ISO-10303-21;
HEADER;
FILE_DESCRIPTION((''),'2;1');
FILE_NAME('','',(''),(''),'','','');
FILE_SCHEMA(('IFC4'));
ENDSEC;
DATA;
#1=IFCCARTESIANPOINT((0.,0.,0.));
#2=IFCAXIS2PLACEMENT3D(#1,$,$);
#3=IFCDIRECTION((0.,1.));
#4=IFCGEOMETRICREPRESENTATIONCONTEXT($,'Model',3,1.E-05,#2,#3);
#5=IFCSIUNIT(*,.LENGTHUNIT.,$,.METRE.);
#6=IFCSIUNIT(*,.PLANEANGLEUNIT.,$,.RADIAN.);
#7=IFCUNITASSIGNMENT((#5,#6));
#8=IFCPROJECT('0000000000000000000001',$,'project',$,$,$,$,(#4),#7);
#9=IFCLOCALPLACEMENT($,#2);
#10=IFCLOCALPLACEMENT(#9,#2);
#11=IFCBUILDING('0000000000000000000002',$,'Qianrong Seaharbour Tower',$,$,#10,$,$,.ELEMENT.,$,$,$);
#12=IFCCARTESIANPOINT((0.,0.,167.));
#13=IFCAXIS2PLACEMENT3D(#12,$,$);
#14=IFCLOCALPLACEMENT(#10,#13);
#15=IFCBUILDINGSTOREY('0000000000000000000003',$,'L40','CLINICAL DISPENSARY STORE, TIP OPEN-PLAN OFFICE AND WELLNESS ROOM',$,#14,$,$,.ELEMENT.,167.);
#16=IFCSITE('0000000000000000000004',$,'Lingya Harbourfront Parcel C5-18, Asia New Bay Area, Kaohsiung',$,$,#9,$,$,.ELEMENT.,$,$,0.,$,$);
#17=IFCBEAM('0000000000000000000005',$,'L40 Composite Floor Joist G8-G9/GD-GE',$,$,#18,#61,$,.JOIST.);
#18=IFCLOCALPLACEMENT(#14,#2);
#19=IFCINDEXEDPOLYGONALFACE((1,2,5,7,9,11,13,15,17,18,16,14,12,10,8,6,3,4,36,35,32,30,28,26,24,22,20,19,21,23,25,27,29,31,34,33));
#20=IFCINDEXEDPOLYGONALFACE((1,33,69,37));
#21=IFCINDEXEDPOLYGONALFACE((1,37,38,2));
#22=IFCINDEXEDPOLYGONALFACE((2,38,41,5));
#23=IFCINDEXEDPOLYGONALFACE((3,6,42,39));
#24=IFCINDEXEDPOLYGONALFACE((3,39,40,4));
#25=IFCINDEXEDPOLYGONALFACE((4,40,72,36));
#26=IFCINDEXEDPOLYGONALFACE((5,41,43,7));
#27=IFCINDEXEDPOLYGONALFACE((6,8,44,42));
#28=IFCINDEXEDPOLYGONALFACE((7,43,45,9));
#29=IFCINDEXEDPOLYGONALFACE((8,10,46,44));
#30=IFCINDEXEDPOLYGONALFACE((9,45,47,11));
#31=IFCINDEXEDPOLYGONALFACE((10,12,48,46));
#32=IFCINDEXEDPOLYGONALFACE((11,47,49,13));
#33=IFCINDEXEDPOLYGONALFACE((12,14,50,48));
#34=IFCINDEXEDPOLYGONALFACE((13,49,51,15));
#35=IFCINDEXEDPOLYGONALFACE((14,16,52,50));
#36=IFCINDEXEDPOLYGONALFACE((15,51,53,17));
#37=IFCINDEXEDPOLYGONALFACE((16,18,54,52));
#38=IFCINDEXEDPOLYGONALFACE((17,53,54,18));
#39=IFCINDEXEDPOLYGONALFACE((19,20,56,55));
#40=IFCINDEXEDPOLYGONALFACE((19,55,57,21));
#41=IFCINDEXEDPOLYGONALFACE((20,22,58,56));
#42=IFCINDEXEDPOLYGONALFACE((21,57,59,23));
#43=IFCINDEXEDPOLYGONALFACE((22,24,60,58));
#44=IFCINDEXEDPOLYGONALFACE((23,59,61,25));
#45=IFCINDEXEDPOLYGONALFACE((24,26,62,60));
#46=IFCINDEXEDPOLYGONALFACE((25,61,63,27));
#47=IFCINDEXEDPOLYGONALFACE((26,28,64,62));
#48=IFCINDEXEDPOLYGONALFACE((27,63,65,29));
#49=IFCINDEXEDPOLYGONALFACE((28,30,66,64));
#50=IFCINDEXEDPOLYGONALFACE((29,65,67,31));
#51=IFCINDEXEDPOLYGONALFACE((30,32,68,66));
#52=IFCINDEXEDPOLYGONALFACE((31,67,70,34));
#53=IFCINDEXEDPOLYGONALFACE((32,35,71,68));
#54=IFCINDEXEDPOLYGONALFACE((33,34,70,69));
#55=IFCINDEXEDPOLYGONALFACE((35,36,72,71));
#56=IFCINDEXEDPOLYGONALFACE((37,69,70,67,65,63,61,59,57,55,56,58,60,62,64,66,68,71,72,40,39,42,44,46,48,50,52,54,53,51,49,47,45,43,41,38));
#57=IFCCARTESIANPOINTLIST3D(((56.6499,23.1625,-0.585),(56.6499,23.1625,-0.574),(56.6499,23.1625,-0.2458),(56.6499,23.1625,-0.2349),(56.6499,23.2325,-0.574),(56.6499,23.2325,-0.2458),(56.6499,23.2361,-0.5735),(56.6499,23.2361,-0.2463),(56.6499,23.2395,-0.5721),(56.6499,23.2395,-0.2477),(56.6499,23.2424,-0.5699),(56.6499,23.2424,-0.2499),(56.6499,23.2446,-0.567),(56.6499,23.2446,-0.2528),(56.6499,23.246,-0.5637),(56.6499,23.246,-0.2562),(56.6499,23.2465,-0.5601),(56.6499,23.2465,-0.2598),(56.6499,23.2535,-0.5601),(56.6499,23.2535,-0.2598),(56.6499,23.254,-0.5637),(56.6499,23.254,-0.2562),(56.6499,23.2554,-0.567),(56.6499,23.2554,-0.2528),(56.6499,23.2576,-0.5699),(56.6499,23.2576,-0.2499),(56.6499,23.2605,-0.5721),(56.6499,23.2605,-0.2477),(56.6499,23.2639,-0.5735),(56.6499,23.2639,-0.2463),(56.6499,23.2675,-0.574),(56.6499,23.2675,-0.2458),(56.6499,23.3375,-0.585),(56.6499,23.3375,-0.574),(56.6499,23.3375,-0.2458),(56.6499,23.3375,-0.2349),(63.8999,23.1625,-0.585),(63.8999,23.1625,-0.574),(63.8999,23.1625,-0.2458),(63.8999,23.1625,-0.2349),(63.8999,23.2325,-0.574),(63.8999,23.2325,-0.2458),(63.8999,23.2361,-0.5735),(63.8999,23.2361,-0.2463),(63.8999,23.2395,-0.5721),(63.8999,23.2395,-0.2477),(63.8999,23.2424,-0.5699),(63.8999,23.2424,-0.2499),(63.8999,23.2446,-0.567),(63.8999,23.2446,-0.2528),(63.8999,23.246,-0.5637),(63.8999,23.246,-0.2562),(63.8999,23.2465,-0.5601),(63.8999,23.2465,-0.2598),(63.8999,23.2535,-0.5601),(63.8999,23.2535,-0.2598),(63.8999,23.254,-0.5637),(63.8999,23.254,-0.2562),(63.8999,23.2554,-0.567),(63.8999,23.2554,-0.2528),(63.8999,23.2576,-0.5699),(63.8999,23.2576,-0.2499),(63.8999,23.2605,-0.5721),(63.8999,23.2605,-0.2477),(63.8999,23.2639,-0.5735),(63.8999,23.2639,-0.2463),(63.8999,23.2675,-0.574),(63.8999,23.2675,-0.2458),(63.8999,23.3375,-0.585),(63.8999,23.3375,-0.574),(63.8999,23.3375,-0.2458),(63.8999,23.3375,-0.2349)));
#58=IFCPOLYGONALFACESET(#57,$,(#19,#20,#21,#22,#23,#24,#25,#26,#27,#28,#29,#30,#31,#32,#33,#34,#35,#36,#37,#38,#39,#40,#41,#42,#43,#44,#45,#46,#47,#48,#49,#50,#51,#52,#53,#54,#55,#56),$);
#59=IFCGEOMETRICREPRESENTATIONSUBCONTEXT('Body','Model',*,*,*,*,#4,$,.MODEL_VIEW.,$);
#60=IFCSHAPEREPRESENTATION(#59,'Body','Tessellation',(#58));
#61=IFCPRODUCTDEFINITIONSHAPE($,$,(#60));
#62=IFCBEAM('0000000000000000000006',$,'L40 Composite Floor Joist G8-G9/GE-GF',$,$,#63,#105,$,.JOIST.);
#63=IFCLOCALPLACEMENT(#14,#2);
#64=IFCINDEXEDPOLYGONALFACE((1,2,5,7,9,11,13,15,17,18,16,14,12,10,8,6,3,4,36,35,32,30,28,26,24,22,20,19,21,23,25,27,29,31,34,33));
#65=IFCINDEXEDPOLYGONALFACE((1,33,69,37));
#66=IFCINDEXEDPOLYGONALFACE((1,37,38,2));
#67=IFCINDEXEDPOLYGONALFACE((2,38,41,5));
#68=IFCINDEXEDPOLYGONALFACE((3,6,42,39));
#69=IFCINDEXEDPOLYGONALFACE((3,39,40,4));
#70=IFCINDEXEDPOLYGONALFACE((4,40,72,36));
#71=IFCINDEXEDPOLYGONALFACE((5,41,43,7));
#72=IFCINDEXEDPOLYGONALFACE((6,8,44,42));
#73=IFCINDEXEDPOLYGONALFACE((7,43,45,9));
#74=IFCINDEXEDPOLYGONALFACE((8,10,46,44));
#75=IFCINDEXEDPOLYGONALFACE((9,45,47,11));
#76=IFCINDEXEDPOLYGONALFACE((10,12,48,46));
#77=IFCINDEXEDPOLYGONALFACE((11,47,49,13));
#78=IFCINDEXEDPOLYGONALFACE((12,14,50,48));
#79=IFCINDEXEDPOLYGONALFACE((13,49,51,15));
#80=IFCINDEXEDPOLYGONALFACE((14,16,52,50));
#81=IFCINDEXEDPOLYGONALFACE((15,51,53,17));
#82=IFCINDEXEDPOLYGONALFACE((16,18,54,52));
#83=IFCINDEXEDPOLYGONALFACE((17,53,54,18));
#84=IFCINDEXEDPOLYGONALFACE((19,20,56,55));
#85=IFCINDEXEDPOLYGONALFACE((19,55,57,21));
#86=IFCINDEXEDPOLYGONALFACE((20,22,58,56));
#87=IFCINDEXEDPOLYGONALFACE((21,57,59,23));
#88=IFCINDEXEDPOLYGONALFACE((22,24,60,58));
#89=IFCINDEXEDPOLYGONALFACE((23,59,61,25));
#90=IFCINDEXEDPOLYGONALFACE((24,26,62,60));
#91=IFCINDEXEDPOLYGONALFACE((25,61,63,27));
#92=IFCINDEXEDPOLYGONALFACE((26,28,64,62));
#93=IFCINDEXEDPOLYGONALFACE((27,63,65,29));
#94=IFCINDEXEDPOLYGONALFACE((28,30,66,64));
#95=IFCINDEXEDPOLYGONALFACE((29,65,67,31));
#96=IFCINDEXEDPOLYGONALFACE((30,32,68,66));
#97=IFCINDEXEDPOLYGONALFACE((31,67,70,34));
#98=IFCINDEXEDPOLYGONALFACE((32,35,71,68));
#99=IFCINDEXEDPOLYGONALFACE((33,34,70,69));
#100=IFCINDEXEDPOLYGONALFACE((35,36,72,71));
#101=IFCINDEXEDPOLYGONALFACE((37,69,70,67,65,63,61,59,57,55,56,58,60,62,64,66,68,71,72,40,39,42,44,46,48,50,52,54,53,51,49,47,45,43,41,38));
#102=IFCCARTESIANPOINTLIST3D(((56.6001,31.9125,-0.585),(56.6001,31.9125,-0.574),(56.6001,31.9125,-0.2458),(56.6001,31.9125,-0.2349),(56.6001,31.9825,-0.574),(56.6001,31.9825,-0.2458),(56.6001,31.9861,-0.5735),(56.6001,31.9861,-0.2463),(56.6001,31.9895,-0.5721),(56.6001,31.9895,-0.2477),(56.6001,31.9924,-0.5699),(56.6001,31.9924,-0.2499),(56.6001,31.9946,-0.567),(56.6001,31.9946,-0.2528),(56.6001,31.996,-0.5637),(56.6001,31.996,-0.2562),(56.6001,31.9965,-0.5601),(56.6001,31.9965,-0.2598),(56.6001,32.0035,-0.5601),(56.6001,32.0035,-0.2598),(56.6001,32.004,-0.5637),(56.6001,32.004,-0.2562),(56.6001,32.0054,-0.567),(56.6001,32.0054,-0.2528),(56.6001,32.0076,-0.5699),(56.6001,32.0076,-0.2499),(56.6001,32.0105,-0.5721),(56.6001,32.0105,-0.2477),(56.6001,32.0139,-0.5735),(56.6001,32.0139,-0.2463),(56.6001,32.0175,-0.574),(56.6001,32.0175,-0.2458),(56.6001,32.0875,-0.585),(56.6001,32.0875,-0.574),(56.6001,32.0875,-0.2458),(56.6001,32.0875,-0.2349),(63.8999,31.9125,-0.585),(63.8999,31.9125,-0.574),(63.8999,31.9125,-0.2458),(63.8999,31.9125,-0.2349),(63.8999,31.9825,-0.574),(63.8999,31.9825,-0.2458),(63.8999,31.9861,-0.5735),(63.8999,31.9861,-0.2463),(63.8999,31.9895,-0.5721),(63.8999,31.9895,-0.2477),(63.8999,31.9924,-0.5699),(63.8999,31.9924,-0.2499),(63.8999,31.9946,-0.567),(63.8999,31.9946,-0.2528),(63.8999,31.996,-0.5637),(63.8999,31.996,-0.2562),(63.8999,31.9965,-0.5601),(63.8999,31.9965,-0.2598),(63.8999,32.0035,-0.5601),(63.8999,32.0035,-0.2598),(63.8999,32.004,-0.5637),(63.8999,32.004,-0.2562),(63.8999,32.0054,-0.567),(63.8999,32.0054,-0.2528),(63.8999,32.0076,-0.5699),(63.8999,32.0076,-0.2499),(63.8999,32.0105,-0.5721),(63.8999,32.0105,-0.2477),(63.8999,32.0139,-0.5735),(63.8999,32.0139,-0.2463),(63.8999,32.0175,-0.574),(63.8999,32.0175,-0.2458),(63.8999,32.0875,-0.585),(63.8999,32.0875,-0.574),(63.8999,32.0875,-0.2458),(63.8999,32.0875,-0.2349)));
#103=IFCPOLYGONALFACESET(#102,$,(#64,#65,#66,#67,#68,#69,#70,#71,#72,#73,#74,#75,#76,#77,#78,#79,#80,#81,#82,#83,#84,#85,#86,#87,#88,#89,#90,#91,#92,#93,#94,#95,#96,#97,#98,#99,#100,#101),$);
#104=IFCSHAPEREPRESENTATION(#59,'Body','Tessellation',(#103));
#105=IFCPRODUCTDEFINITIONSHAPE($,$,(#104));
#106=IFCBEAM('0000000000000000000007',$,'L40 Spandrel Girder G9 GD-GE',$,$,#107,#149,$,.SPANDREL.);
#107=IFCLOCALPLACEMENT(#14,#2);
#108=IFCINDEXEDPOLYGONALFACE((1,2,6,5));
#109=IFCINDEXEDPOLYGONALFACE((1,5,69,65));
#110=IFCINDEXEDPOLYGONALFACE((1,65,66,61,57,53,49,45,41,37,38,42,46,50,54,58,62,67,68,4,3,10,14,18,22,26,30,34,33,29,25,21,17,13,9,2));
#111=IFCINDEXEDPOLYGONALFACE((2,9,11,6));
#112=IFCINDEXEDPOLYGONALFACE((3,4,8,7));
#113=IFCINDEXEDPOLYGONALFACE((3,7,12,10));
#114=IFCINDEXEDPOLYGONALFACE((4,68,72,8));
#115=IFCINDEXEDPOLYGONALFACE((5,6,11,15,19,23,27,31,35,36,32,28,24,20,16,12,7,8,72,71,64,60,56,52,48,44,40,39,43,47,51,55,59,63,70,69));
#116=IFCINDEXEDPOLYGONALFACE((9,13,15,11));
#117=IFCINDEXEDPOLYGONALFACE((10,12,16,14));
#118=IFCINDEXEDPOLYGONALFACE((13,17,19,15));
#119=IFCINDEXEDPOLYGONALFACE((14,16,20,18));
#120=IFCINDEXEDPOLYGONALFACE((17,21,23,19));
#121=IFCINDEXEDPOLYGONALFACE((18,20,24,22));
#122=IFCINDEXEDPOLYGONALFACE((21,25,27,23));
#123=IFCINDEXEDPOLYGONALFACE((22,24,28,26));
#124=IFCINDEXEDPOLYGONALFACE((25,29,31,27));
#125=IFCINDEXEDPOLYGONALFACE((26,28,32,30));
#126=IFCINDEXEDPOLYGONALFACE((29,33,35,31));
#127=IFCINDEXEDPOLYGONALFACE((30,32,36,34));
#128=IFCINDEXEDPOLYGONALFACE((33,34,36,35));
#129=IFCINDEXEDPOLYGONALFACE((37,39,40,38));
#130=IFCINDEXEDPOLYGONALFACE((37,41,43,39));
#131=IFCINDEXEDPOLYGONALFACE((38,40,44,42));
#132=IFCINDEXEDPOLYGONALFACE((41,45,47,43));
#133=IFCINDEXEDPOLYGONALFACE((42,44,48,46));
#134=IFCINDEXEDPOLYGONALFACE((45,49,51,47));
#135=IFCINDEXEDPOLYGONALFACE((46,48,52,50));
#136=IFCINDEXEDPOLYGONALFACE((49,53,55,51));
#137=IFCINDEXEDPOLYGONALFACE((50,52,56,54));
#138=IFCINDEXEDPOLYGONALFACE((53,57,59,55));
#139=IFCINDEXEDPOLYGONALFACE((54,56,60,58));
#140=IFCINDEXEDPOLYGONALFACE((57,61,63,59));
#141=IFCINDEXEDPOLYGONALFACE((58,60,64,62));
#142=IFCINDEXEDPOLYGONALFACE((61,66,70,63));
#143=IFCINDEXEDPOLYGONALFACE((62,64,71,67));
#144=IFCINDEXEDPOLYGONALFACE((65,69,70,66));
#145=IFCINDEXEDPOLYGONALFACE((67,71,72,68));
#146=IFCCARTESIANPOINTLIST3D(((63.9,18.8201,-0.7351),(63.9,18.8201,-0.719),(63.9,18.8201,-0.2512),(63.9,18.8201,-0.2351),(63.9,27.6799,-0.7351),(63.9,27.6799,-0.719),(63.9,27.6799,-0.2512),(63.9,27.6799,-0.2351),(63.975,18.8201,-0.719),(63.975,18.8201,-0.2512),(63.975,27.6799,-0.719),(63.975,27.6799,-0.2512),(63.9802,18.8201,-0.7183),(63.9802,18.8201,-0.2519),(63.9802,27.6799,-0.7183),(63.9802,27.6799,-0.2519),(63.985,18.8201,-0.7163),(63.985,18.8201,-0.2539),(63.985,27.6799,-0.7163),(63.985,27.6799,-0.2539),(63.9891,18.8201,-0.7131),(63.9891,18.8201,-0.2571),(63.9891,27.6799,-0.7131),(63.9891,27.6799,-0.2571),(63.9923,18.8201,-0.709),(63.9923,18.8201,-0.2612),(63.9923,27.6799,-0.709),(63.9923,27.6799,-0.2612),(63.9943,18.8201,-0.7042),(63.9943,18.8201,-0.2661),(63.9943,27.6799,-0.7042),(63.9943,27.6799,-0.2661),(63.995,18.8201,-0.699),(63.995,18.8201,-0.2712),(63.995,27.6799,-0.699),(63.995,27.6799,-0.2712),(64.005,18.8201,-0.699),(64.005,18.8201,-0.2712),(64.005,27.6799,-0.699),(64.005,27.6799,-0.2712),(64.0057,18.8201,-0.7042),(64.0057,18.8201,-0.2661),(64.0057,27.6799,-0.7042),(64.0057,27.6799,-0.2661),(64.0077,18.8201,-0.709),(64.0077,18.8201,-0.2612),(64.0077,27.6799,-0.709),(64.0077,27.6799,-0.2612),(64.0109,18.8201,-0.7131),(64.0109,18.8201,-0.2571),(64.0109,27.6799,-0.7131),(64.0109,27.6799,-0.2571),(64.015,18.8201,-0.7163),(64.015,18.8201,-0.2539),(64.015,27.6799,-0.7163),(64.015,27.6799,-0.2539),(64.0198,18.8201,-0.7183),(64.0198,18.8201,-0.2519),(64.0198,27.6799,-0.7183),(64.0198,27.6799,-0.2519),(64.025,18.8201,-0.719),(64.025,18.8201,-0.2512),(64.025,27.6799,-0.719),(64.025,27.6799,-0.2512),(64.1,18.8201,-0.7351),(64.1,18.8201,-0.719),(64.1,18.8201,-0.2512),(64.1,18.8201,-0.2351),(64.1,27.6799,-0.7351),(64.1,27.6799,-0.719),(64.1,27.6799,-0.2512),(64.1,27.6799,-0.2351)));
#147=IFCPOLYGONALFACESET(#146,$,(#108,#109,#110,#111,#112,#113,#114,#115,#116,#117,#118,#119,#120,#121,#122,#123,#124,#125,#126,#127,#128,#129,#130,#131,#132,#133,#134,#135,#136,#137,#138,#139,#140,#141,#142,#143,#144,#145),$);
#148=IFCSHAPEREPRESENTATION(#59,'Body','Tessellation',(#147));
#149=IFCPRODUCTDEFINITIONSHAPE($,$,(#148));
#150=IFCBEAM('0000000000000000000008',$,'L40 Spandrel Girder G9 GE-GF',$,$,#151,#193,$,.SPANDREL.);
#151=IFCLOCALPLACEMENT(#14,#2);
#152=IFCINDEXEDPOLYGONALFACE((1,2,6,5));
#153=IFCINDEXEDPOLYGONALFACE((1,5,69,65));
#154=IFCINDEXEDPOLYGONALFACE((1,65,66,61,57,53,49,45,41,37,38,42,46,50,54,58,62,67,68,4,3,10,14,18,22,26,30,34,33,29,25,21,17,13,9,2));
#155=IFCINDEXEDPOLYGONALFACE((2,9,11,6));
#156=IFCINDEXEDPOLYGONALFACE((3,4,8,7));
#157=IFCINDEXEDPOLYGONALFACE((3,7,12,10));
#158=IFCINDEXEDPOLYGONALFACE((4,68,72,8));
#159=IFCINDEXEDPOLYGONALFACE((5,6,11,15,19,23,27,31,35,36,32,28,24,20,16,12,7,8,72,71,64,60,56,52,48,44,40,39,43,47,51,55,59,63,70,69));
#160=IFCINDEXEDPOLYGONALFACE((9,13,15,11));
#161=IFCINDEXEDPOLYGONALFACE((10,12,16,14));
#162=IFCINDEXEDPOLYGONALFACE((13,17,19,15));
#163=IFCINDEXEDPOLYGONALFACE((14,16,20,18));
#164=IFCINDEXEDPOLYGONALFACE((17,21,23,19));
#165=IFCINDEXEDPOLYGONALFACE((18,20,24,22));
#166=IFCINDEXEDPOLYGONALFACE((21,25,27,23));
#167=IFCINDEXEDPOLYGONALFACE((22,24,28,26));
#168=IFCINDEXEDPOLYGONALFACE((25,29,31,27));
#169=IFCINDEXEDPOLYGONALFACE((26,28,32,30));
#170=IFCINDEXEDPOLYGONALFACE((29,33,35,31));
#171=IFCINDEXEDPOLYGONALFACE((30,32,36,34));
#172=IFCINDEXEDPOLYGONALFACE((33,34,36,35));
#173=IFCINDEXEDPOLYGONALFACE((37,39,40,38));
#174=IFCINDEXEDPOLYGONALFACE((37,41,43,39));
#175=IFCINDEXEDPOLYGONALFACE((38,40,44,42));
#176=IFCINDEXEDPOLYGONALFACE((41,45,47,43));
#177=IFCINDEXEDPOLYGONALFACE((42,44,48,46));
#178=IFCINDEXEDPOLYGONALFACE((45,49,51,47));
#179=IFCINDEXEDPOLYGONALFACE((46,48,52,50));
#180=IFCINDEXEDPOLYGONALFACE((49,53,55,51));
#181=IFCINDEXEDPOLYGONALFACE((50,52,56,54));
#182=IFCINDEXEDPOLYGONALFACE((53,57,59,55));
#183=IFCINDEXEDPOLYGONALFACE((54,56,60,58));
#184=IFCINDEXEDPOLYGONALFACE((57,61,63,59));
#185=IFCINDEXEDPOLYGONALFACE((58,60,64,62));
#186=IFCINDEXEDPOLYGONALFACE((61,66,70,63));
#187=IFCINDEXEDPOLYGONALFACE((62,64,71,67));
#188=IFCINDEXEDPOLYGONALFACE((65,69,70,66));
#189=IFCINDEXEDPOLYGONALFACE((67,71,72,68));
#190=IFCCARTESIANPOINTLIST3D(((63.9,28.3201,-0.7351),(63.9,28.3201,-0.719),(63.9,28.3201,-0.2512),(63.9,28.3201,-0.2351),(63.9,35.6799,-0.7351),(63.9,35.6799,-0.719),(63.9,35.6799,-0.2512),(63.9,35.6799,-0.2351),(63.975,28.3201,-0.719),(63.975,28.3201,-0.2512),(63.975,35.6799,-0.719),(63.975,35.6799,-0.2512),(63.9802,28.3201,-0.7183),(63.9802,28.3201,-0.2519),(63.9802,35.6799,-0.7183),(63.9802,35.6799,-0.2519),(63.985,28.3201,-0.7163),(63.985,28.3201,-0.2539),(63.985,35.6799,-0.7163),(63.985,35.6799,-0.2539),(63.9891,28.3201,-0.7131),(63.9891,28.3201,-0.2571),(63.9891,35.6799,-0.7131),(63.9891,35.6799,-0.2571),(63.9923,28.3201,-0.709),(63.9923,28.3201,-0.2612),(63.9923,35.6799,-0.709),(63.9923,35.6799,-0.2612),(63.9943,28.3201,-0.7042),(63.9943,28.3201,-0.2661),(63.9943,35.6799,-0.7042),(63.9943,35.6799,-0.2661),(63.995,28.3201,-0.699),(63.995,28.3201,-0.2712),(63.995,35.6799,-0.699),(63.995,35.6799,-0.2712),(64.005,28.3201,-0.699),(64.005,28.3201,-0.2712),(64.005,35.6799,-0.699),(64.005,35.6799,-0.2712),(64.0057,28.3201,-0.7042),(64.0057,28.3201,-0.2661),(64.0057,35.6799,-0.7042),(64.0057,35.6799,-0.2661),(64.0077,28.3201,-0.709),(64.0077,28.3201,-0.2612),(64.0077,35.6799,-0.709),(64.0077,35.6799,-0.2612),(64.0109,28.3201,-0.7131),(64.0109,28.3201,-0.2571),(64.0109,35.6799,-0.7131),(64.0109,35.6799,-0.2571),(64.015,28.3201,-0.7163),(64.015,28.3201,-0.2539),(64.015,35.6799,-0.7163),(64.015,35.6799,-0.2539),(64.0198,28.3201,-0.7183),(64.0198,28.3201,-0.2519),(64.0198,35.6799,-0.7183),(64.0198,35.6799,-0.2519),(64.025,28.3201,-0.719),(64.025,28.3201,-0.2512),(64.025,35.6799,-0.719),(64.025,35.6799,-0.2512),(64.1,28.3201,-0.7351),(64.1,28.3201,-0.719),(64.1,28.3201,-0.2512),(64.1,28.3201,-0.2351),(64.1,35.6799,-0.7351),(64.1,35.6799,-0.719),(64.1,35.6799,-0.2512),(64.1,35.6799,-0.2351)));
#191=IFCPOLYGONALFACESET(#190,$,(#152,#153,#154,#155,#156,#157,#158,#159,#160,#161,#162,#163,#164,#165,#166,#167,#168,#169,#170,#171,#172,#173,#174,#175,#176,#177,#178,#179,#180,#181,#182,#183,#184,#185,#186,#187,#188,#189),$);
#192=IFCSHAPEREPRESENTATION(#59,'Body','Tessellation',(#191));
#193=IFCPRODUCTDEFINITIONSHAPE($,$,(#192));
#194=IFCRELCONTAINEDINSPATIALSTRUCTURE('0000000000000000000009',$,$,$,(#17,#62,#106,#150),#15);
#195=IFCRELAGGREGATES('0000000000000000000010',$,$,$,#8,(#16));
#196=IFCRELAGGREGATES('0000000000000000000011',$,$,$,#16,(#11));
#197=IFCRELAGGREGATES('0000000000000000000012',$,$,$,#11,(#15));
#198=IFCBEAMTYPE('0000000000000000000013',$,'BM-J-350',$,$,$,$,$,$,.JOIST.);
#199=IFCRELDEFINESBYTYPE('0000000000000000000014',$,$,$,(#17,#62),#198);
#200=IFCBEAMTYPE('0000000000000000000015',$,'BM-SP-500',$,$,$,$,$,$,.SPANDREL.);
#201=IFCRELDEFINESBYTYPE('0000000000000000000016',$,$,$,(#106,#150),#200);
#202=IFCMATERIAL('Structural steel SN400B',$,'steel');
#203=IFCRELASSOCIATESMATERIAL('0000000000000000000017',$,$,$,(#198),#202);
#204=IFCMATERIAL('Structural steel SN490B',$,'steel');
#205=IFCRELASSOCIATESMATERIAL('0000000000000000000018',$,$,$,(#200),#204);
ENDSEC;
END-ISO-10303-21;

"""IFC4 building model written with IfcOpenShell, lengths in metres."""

from ifc_helpers import new_model, si_unit, direction, frame, origin, origin_2d, place, context, subcontext, project, spatial, i_section, extrude, material, material_profile, profile_set, type_object, element, save


model = new_model("IFC4")

# Units and contexts
model_context = context("Model", 3, precision=1e-05, world=origin(), true_north=direction((0.0, 1.0)))
body_context = subcontext(model_context, "Body", "Model", "MODEL_VIEW")
ifc_project = project(units=[si_unit("LENGTHUNIT", "METRE"), si_unit("PLANEANGLEUNIT", "RADIAN")], contexts=[model_context])

# Site, building, storey
site_placement = place(None, origin())
site = spatial("IfcSite", under=ifc_project, at=site_placement, Name="Lingya Harbourfront Parcel C5-18, Asia New Bay Area, Kaohsiung", CompositionType="ELEMENT", RefElevation=0.0)
building_placement = place(site_placement, origin())
building = spatial("IfcBuilding", under=site, at=building_placement, Name="Qianrong Seaharbour Tower", CompositionType="ELEMENT")
storey_placement = place(building_placement, frame((0.0, 0.0, 167.0)))
storey = spatial("IfcBuildingStorey", under=building, at=storey_placement, Name="L40", Description="CLINICAL DISPENSARY STORE, TIP OPEN-PLAN OFFICE AND WELLNESS ROOM", CompositionType="ELEMENT", Elevation=167.0)

# Shared definitions
ifc_material_1 = material(Name="Structural steel SN490B", Category="steel")

# Beams
ifc_material_2 = material(Name="Structural steel SN400B", Category="steel")
ifc_material_profile_1 = material_profile(ifc_material_2, i_section(OverallWidth=0.175, OverallDepth=0.3501, WebThickness=0.0071, FlangeThickness=0.011, FilletRadius=0.0139, at=origin_2d()), Name="H350x175x7x11")
ifc_profile_set_1 = profile_set([ifc_material_profile_1], Name="Structural steel SN400B")
beam_type_1 = type_object("IfcBeamType", Name="BM-J-350", PredefinedType="JOIST", material=ifc_profile_set_1)
beam_1_placement = place(storey_placement, frame((56.6499, 23.25, -0.4099), z_axis=(1.0, 0.0, 0.0), x_axis=(0.0, 1.0, 0.0)))
element("IfcBeam", 1, at=beam_1_placement, inside=storey, type_object=beam_type_1, Name="L40 Composite Floor Joist G8-G9/GD-GE", PredefinedType="JOIST", context=body_context, shape_type="SweptSolid", body=[
    extrude(i_section(OverallWidth=0.175, OverallDepth=0.3501, WebThickness=0.0071, FlangeThickness=0.011, FilletRadius=0.0139, at=origin_2d()), origin(), (0.0, 0.0, 1.0), 7.25),
])
beam_2_placement = place(storey_placement, frame((56.6001, 32.0, -0.4099), z_axis=(1.0, 0.0, 0.0), x_axis=(0.0, 1.0, 0.0)))
element("IfcBeam", 2, at=beam_2_placement, inside=storey, type_object=beam_type_1, Name="L40 Composite Floor Joist G8-G9/GE-GF", PredefinedType="JOIST", context=body_context, shape_type="SweptSolid", body=[
    extrude(i_section(OverallWidth=0.175, OverallDepth=0.3501, WebThickness=0.0071, FlangeThickness=0.011, FilletRadius=0.0139, at=origin_2d()), origin(), (0.0, 0.0, 1.0), 7.2998),
])
ifc_material_profile_2 = material_profile(ifc_material_1, i_section(OverallWidth=0.2, OverallDepth=0.5, WebThickness=0.01, FlangeThickness=0.0161, FilletRadius=0.02, at=origin_2d()), Name="H500x200x10x16")
ifc_profile_set_2 = profile_set([ifc_material_profile_2], Name="Structural steel SN490B")
beam_type_2 = type_object("IfcBeamType", Name="BM-SP-500", PredefinedType="SPANDREL", material=ifc_profile_set_2)
beam_3_placement = place(storey_placement, frame((64.0, 18.8201, -0.4851), z_axis=(0.0, 1.0, 0.0), x_axis=(-1.0, 0.0, 0.0)))
element("IfcBeam", 3, at=beam_3_placement, inside=storey, type_object=beam_type_2, Name="L40 Spandrel Girder G9 GD-GE", PredefinedType="SPANDREL", context=body_context, shape_type="SweptSolid", body=[
    extrude(i_section(OverallWidth=0.2, OverallDepth=0.5, WebThickness=0.01, FlangeThickness=0.0161, FilletRadius=0.02, at=origin_2d()), origin(), (0.0, 0.0, 1.0), 8.8599),
])
beam_4_placement = place(storey_placement, frame((64.0, 28.3201, -0.4851), z_axis=(0.0, 1.0, 0.0), x_axis=(-1.0, 0.0, 0.0)))
element("IfcBeam", 4, at=beam_4_placement, inside=storey, type_object=beam_type_2, Name="L40 Spandrel Girder G9 GE-GF", PredefinedType="SPANDREL", context=body_context, shape_type="SweptSolid", body=[
    extrude(i_section(OverallWidth=0.2, OverallDepth=0.5, WebThickness=0.01, FlangeThickness=0.0161, FilletRadius=0.02, at=origin_2d()), origin(), (0.0, 0.0, 1.0), 7.3599),
])

save(model, "model.ifc")
